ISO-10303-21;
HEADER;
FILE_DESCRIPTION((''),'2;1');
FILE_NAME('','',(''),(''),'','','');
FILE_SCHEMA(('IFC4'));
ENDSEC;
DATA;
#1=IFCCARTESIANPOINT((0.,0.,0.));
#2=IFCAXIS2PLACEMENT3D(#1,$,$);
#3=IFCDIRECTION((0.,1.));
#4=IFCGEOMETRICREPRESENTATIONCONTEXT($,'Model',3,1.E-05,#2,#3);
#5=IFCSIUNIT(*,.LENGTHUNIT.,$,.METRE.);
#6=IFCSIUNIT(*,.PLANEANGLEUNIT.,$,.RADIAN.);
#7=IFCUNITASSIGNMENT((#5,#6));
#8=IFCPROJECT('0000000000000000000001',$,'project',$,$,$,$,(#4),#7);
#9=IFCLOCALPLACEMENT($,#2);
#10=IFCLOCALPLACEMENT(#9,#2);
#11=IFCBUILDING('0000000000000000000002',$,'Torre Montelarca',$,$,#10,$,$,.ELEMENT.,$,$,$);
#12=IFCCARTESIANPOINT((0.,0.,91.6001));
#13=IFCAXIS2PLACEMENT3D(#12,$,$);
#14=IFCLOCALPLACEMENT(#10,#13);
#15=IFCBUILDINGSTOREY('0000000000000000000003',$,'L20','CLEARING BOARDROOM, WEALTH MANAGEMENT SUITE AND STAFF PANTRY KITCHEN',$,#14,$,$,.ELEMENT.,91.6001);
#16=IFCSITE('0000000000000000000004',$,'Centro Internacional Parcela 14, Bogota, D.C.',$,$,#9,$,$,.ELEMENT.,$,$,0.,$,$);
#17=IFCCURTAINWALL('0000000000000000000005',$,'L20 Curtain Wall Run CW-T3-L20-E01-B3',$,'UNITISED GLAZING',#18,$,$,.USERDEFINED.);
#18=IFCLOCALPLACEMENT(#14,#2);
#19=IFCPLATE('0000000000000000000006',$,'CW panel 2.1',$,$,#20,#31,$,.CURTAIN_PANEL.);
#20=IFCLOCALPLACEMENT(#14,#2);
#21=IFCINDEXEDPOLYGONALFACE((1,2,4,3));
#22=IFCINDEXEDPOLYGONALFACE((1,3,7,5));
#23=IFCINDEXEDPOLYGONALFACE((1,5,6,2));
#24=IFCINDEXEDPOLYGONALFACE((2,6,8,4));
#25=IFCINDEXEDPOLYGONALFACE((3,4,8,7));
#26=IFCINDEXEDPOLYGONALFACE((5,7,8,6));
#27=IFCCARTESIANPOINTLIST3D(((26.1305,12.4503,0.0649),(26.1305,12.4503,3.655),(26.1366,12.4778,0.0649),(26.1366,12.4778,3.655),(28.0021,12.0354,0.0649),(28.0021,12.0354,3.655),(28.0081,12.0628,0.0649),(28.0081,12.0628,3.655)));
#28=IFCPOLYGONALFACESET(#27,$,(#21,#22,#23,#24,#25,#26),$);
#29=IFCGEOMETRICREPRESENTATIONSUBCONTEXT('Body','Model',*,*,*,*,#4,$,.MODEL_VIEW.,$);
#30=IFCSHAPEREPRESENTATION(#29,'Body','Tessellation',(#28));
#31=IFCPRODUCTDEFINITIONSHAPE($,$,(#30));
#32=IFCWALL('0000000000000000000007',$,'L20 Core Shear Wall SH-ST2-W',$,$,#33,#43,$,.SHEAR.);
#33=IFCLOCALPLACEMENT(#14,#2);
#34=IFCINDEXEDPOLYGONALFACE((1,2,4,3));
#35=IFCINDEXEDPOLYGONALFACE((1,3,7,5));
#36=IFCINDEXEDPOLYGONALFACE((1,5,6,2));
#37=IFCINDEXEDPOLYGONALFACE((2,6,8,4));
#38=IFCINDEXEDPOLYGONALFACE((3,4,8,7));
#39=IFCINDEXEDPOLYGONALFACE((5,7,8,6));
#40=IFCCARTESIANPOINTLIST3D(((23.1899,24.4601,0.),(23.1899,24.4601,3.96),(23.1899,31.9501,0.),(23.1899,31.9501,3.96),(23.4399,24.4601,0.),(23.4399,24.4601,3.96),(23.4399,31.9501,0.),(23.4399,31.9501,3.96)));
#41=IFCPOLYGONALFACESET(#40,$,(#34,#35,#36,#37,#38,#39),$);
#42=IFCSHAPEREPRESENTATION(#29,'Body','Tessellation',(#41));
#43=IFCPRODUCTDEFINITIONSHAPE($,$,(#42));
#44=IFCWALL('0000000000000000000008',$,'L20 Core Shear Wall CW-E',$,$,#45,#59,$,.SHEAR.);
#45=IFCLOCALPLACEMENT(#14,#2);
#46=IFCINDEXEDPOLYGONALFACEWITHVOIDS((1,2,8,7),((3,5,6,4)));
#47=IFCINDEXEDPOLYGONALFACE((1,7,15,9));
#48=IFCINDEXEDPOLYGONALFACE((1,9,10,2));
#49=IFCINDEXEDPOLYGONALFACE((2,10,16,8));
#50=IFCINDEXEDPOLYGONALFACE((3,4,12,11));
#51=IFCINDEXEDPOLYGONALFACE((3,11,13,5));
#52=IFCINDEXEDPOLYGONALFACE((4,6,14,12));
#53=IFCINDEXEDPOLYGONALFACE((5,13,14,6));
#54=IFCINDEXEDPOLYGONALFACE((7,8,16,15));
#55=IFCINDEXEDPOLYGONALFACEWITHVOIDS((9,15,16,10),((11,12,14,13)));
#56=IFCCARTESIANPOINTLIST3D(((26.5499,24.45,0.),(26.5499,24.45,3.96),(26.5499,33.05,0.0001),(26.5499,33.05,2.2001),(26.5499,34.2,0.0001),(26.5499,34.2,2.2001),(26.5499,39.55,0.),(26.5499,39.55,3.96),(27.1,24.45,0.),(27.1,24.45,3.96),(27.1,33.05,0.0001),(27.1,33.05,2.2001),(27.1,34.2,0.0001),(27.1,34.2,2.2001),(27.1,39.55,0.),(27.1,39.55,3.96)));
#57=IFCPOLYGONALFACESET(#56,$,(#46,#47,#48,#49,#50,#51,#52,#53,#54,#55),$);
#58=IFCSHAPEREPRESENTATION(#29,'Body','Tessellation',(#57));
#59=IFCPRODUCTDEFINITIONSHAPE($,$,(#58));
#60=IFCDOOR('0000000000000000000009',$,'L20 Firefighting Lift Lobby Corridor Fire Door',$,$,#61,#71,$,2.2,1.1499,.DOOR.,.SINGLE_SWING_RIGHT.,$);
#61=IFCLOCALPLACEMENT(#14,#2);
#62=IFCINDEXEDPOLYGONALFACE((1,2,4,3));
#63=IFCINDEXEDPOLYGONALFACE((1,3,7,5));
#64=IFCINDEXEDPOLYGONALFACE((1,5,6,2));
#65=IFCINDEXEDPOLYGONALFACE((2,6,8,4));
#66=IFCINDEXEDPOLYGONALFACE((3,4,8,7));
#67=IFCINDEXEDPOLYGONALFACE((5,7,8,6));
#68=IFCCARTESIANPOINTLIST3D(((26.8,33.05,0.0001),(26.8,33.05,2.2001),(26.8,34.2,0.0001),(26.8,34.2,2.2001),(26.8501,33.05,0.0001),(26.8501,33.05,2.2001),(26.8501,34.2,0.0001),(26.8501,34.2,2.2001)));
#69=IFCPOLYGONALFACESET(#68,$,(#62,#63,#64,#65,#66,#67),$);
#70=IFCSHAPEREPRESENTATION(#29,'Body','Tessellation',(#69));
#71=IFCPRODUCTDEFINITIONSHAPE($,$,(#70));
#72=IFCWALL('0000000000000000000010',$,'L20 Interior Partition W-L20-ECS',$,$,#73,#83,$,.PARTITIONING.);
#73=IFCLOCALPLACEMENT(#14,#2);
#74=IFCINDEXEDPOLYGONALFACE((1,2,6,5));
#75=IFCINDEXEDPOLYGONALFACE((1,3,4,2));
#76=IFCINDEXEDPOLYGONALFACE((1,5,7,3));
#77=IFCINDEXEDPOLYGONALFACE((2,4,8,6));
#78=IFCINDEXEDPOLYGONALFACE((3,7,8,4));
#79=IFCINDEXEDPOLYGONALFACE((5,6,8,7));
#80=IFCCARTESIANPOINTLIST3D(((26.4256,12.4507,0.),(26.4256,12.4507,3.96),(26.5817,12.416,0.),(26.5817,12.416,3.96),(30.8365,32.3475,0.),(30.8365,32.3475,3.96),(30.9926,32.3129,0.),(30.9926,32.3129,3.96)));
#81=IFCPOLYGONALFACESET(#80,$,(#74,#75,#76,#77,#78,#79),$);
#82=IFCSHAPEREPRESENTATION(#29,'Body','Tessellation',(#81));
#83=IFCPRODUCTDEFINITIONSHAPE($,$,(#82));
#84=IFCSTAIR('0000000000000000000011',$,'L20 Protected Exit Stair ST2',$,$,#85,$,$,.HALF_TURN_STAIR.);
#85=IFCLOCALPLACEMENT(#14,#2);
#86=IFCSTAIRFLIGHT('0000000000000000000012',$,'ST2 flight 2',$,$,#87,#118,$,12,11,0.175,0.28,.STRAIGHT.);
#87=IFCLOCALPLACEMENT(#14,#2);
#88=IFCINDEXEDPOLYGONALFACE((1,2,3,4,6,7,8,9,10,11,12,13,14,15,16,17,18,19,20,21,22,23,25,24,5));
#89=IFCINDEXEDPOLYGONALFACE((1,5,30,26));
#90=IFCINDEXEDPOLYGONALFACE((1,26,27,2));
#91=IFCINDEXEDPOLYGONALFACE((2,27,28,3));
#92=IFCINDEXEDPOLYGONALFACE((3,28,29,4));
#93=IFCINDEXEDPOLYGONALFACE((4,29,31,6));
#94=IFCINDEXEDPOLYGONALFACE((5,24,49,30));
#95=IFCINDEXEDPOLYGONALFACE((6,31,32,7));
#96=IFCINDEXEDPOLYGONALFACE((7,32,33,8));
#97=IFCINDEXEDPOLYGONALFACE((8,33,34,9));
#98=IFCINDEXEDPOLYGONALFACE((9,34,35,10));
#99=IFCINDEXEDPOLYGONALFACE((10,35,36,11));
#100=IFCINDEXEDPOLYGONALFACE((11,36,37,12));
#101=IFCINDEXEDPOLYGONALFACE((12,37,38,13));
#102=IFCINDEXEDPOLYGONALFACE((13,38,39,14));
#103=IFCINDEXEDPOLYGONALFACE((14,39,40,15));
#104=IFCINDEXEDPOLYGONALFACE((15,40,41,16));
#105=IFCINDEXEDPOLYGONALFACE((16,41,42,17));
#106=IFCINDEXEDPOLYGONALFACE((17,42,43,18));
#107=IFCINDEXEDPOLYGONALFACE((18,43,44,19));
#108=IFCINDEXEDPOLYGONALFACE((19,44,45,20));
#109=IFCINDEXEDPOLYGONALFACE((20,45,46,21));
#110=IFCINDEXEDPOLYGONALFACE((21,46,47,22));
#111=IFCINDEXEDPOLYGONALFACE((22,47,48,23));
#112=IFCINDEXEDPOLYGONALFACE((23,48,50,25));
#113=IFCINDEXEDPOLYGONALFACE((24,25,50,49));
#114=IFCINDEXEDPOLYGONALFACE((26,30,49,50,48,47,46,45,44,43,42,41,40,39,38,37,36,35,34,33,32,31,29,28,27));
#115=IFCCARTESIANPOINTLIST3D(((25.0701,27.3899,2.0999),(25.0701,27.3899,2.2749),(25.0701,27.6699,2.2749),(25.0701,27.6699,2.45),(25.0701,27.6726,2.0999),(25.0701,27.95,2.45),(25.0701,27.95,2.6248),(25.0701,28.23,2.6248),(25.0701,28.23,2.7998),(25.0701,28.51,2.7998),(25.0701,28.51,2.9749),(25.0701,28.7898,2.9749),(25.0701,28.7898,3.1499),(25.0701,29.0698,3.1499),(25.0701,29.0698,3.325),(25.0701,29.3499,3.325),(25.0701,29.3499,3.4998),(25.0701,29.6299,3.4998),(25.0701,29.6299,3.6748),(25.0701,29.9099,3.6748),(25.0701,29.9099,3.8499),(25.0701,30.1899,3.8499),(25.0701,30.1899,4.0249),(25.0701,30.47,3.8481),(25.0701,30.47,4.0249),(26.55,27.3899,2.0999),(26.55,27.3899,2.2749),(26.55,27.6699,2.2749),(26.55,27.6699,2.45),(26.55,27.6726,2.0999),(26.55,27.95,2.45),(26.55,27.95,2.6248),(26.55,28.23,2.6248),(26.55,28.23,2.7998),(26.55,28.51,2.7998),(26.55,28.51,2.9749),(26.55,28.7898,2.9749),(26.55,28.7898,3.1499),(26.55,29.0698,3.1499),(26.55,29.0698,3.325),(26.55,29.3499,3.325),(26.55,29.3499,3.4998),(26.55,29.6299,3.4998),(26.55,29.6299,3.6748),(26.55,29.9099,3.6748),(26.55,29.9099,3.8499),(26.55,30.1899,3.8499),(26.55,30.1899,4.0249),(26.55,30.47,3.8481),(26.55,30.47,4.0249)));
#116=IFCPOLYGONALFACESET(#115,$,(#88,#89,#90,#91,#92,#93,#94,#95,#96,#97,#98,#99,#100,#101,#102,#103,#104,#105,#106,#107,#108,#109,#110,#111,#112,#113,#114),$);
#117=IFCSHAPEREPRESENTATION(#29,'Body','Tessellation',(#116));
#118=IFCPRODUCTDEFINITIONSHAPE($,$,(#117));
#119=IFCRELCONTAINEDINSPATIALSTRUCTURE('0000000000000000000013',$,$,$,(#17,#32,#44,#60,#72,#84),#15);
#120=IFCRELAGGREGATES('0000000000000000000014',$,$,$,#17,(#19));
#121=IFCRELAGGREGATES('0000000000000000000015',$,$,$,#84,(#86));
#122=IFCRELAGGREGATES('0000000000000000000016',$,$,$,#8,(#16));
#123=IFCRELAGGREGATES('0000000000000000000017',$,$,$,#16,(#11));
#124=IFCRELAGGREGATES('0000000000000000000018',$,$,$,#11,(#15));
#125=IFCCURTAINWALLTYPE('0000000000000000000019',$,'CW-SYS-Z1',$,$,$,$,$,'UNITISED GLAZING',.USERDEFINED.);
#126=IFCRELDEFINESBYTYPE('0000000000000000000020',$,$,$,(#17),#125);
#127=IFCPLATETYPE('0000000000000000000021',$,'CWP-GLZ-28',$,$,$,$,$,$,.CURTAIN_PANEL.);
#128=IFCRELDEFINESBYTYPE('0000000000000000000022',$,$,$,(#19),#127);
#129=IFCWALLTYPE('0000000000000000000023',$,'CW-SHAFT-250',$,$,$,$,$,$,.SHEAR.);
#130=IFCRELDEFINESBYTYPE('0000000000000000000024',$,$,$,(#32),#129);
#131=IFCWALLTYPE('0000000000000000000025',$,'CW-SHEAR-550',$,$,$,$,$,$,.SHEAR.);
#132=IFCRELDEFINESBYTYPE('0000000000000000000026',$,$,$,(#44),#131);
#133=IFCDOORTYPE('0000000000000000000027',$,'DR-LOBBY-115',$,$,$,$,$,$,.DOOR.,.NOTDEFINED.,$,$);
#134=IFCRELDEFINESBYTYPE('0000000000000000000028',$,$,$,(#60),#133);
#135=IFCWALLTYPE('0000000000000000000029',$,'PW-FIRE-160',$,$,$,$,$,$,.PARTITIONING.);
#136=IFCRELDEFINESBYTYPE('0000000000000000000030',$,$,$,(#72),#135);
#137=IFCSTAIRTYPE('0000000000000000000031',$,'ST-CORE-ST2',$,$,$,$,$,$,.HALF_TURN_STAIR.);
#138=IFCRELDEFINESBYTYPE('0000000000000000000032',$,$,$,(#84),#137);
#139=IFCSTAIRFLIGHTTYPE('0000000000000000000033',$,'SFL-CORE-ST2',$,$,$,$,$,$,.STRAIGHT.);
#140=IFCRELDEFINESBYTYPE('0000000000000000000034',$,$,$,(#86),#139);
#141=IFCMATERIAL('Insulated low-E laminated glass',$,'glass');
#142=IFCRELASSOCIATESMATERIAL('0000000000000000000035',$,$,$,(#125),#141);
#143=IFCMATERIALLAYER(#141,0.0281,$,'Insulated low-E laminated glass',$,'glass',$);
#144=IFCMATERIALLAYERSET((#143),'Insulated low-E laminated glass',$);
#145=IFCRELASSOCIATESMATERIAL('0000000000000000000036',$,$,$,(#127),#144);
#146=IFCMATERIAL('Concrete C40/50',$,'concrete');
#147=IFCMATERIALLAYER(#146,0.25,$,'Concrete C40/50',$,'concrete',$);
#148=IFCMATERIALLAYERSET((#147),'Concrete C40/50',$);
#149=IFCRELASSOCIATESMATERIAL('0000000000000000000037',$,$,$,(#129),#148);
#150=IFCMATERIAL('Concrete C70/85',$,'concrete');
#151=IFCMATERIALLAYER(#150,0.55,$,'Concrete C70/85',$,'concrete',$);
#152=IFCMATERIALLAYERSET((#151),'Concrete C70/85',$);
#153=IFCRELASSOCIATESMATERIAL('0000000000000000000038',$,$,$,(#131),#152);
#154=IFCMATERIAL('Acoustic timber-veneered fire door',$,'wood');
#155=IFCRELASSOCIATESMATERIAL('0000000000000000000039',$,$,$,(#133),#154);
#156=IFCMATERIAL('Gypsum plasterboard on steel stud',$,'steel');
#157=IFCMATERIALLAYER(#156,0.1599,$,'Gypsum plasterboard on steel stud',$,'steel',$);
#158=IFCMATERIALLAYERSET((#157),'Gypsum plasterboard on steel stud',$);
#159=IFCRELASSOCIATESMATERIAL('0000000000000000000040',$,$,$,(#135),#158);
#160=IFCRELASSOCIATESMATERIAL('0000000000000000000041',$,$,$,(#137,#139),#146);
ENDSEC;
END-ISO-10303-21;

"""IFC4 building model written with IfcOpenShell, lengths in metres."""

from ifc_helpers import new_model, si_unit, direction, frame, frame_2d, origin, origin_2d, place, context, subcontext, project, spatial, polyline, rectangle, outline, extrude, source, transform, mapped, material, layer, layer_set, type_object, element, fill, aggregate, save


model = new_model("IFC4")

# Units and contexts
model_context = context("Model", 3, precision=1e-05, world=origin(), true_north=direction((0.0, 1.0)))
body_context = subcontext(model_context, "Body", "Model", "MODEL_VIEW")
ifc_project = project(units=[si_unit("LENGTHUNIT", "METRE"), si_unit("PLANEANGLEUNIT", "RADIAN")], contexts=[model_context])

# Site, building, storey
site_placement = place(None, origin())
site = spatial("IfcSite", under=ifc_project, at=site_placement, Name="Centro Internacional Parcela 14, Bogota, D.C.", CompositionType="ELEMENT", RefElevation=0.0)
building_placement = place(site_placement, origin())
building = spatial("IfcBuilding", under=site, at=building_placement, Name="Torre Montelarca", CompositionType="ELEMENT")
storey_placement = place(building_placement, frame((0.0, 0.0, 91.6001)))
storey = spatial("IfcBuildingStorey", under=building, at=storey_placement, Name="L20", Description="CLEARING BOARDROOM, WEALTH MANAGEMENT SUITE AND STAFF PANTRY KITCHEN", CompositionType="ELEMENT", Elevation=91.6001)

# Shared definitions
ifc_material_1 = material(Name="Concrete C70/85", Category="concrete")

# Curtain wall
ifc_material_2 = material(Name="Insulated low-E laminated glass", Category="glass")
curtain_wall_type = type_object("IfcCurtainWallType", Name="CW-SYS-Z1", ElementType="UNITISED GLAZING", PredefinedType="USERDEFINED", material=ifc_material_2)
curtain_wall_1_placement = place(storey_placement, origin())
curtain_wall_1 = element("IfcCurtainWall", 1, at=curtain_wall_1_placement, inside=storey, type_object=curtain_wall_type, Name="L20 Curtain Wall Run CW-T3-L20-E01-B3", ObjectType="UNITISED GLAZING", PredefinedType="USERDEFINED")

# Plate
ifc_layer_1 = layer(ifc_material_2, 0.0281, Name="Insulated low-E laminated glass", Category="glass")
ifc_layer_set_1 = layer_set([ifc_layer_1], Name="Insulated low-E laminated glass")
plate_type = type_object("IfcPlateType", Name="CWP-GLZ-28", PredefinedType="CURTAIN_PANEL", material=ifc_layer_set_1)
shared_shape_1 = source(origin(), body_context, "Body", "SweptSolid", [
    extrude(rectangle(XDim=1.917, YDim=0.0281, at=origin_2d()), origin(), (0.0, 0.0, 1.0), 3.5901),
])
plate_1_placement = place(storey_placement, frame((27.0693, 12.2566, 0.0649), z_axis=(0.0, 0.0, 1.0), x_axis=(0.976295, -0.216444, 0.0)))
plate_1 = element("IfcPlate", 2, at=plate_1_placement, type_object=plate_type, Name="CW panel 2.1", PredefinedType="CURTAIN_PANEL", context=body_context, shape_type="MappedRepresentation", body=[
    mapped(shared_shape_1, transform((0.0, 0.0, 0.0), scale=1.0)),
])
aggregate(curtain_wall_1, [plate_1])

# Wall
ifc_material_3 = material(Name="Concrete C40/50", Category="concrete")
ifc_layer_2 = layer(ifc_material_3, 0.25, Name="Concrete C40/50", Category="concrete")
ifc_layer_set_2 = layer_set([ifc_layer_2], Name="Concrete C40/50")
wall_type_1 = type_object("IfcWallType", Name="CW-SHAFT-250", PredefinedType="SHEAR", material=ifc_layer_set_2)
wall_1_placement = place(storey_placement, frame((23.3149, 24.46, 0.0), z_axis=(0.0, 0.0, 1.0), x_axis=(0.0, 1.0, 0.0)))
element("IfcWall", 3, at=wall_1_placement, inside=storey, type_object=wall_type_1, Name="L20 Core Shear Wall SH-ST2-W", PredefinedType="SHEAR", context=body_context, shape_type="SweptSolid", body=[
    extrude(rectangle(XDim=7.49, YDim=0.25, at=frame_2d((3.7451, 0.0))), origin(), (0.0, 0.0, 1.0), 3.96),
])

# Wall, opening, door
ifc_layer_3 = layer(ifc_material_1, 0.55, Name="Concrete C70/85", Category="concrete")
ifc_layer_set_3 = layer_set([ifc_layer_3], Name="Concrete C70/85")
wall_type_2 = type_object("IfcWallType", Name="CW-SHEAR-550", PredefinedType="SHEAR", material=ifc_layer_set_3)
wall_2_placement = place(storey_placement, frame((26.825, 24.45, 0.0), z_axis=(0.0, 0.0, 1.0), x_axis=(0.0, 1.0, 0.0)))
wall_2 = element("IfcWall", 4, at=wall_2_placement, inside=storey, type_object=wall_type_2, Name="L20 Core Shear Wall CW-E", PredefinedType="SHEAR", context=body_context, shape_type="SweptSolid", body=[
    extrude(rectangle(XDim=15.1001, YDim=0.55, at=frame_2d((7.55, 0.0))), origin(), (0.0, 0.0, 1.0), 3.96),
])
opening_placement = place(wall_2_placement, frame((8.6001, 0.0, 0.0)))
opening = element("IfcOpeningElement", 5, at=opening_placement, cuts=wall_2, PredefinedType="OPENING", context=body_context, shape_type="SweptSolid", body=[
    extrude(rectangle(XDim=1.1499, YDim=2.2, at=frame_2d((0.575, 1.1001))), frame((0.0, 0.2852, 0.0), z_axis=(0.0, -1.0, 0.0), x_axis=(1.0, 0.0, 0.0)), (0.0, 0.0, 1.0), 0.5701),
])
ifc_material_4 = material(Name="Acoustic timber-veneered fire door", Category="wood")
door_type = type_object("IfcDoorType", Name="DR-LOBBY-115", OperationType="NOTDEFINED", PredefinedType="DOOR", material=ifc_material_4)
shared_shape_2 = source(origin(), body_context, "Body", "SweptSolid", [
    extrude(rectangle(XDim=1.1499, YDim=2.2, at=frame_2d((0.575, 1.1001))), frame((0.0, 0.0249, 0.0), z_axis=(0.0, -1.0, 0.0), x_axis=(1.0, 0.0, 0.0)), (0.0, 0.0, 1.0), 0.05),
])
door_placement = place(opening_placement, origin())
door = element("IfcDoor", 6, at=door_placement, inside=storey, type_object=door_type, Name="L20 Firefighting Lift Lobby Corridor Fire Door", OperationType="SINGLE_SWING_RIGHT", OverallHeight=2.2, OverallWidth=1.1499, PredefinedType="DOOR", context=body_context, shape_type="MappedRepresentation", body=[
    mapped(shared_shape_2, transform((0.0, 0.0, 0.0), scale=1.0)),
])
fill(opening, door)

# Wall
ifc_material_5 = material(Name="Gypsum plasterboard on steel stud", Category="steel")
ifc_layer_4 = layer(ifc_material_5, 0.1599, Name="Gypsum plasterboard on steel stud", Category="steel")
ifc_layer_set_4 = layer_set([ifc_layer_4], Name="Gypsum plasterboard on steel stud")
wall_type_3 = type_object("IfcWallType", Name="PW-FIRE-160", PredefinedType="PARTITIONING", material=ifc_layer_set_4)
wall_3_placement = place(storey_placement, frame((26.5037, 12.4333, 0.0), z_axis=(0.0, 0.0, 1.0), x_axis=(0.216434, 0.976297, 0.0)))
element("IfcWall", 7, at=wall_3_placement, inside=storey, type_object=wall_type_3, Name="L20 Interior Partition W-L20-ECS", PredefinedType="PARTITIONING", context=body_context, shape_type="SweptSolid", body=[
    extrude(rectangle(XDim=20.3799, YDim=0.1599, at=frame_2d((10.1899, 0.0))), origin(), (0.0, 0.0, 1.0), 3.96),
])

# Stair, stair flight
stair_type = type_object("IfcStairType", Name="ST-CORE-ST2", PredefinedType="HALF_TURN_STAIR", material=ifc_material_3)
stair_placement = place(storey_placement, origin())
stair = element("IfcStair", 8, at=stair_placement, inside=storey, type_object=stair_type, Name="L20 Protected Exit Stair ST2", PredefinedType="HALF_TURN_STAIR")
stair_flight_type = type_object("IfcStairFlightType", Name="SFL-CORE-ST2", PredefinedType="STRAIGHT", material=ifc_material_3)
stair_flight_placement = place(storey_placement, frame((25.8101, 27.3899, 2.0999), z_axis=(0.0, 0.0, 1.0), x_axis=(0.0, 1.0, 0.0)))
stair_flight = element("IfcStairFlight", 9, at=stair_flight_placement, type_object=stair_flight_type, Name="ST2 flight 2", NumberOfRisers=12, NumberOfTreads=11, PredefinedType="STRAIGHT", RiserHeight=0.175, TreadLength=0.28, context=body_context, shape_type="SweptSolid", body=[
    extrude(outline(polyline([(0.0, 0.0), (0.0, 0.175), (0.28, 0.175), (0.28, 0.3501), (0.5601, 0.3501), (0.5601, 0.5249), (0.8401, 0.5249), (0.8401, 0.7), (1.1201, 0.7), (1.1201, 0.875), (1.3999, 0.875), (1.3999, 1.05), (1.6799, 1.05), (1.6799, 1.2251), (1.96, 1.2251), (1.96, 1.3999), (2.24, 1.3999), (2.24, 1.575), (2.52, 1.575), (2.52, 1.75), (2.8, 1.75), (2.8, 1.925), (3.0801, 1.925), (3.0801, 2.1001), (3.0801, 1.7483), (0.2827, 0.0), (0.0, 0.0)])), frame((0.0, 0.74, 0.0), z_axis=(0.0, -1.0, 0.0), x_axis=(1.0, 0.0, 0.0)), (0.0, 0.0, 1.0), 1.48),
])
aggregate(stair, [stair_flight])

save(model, "model.ifc")
